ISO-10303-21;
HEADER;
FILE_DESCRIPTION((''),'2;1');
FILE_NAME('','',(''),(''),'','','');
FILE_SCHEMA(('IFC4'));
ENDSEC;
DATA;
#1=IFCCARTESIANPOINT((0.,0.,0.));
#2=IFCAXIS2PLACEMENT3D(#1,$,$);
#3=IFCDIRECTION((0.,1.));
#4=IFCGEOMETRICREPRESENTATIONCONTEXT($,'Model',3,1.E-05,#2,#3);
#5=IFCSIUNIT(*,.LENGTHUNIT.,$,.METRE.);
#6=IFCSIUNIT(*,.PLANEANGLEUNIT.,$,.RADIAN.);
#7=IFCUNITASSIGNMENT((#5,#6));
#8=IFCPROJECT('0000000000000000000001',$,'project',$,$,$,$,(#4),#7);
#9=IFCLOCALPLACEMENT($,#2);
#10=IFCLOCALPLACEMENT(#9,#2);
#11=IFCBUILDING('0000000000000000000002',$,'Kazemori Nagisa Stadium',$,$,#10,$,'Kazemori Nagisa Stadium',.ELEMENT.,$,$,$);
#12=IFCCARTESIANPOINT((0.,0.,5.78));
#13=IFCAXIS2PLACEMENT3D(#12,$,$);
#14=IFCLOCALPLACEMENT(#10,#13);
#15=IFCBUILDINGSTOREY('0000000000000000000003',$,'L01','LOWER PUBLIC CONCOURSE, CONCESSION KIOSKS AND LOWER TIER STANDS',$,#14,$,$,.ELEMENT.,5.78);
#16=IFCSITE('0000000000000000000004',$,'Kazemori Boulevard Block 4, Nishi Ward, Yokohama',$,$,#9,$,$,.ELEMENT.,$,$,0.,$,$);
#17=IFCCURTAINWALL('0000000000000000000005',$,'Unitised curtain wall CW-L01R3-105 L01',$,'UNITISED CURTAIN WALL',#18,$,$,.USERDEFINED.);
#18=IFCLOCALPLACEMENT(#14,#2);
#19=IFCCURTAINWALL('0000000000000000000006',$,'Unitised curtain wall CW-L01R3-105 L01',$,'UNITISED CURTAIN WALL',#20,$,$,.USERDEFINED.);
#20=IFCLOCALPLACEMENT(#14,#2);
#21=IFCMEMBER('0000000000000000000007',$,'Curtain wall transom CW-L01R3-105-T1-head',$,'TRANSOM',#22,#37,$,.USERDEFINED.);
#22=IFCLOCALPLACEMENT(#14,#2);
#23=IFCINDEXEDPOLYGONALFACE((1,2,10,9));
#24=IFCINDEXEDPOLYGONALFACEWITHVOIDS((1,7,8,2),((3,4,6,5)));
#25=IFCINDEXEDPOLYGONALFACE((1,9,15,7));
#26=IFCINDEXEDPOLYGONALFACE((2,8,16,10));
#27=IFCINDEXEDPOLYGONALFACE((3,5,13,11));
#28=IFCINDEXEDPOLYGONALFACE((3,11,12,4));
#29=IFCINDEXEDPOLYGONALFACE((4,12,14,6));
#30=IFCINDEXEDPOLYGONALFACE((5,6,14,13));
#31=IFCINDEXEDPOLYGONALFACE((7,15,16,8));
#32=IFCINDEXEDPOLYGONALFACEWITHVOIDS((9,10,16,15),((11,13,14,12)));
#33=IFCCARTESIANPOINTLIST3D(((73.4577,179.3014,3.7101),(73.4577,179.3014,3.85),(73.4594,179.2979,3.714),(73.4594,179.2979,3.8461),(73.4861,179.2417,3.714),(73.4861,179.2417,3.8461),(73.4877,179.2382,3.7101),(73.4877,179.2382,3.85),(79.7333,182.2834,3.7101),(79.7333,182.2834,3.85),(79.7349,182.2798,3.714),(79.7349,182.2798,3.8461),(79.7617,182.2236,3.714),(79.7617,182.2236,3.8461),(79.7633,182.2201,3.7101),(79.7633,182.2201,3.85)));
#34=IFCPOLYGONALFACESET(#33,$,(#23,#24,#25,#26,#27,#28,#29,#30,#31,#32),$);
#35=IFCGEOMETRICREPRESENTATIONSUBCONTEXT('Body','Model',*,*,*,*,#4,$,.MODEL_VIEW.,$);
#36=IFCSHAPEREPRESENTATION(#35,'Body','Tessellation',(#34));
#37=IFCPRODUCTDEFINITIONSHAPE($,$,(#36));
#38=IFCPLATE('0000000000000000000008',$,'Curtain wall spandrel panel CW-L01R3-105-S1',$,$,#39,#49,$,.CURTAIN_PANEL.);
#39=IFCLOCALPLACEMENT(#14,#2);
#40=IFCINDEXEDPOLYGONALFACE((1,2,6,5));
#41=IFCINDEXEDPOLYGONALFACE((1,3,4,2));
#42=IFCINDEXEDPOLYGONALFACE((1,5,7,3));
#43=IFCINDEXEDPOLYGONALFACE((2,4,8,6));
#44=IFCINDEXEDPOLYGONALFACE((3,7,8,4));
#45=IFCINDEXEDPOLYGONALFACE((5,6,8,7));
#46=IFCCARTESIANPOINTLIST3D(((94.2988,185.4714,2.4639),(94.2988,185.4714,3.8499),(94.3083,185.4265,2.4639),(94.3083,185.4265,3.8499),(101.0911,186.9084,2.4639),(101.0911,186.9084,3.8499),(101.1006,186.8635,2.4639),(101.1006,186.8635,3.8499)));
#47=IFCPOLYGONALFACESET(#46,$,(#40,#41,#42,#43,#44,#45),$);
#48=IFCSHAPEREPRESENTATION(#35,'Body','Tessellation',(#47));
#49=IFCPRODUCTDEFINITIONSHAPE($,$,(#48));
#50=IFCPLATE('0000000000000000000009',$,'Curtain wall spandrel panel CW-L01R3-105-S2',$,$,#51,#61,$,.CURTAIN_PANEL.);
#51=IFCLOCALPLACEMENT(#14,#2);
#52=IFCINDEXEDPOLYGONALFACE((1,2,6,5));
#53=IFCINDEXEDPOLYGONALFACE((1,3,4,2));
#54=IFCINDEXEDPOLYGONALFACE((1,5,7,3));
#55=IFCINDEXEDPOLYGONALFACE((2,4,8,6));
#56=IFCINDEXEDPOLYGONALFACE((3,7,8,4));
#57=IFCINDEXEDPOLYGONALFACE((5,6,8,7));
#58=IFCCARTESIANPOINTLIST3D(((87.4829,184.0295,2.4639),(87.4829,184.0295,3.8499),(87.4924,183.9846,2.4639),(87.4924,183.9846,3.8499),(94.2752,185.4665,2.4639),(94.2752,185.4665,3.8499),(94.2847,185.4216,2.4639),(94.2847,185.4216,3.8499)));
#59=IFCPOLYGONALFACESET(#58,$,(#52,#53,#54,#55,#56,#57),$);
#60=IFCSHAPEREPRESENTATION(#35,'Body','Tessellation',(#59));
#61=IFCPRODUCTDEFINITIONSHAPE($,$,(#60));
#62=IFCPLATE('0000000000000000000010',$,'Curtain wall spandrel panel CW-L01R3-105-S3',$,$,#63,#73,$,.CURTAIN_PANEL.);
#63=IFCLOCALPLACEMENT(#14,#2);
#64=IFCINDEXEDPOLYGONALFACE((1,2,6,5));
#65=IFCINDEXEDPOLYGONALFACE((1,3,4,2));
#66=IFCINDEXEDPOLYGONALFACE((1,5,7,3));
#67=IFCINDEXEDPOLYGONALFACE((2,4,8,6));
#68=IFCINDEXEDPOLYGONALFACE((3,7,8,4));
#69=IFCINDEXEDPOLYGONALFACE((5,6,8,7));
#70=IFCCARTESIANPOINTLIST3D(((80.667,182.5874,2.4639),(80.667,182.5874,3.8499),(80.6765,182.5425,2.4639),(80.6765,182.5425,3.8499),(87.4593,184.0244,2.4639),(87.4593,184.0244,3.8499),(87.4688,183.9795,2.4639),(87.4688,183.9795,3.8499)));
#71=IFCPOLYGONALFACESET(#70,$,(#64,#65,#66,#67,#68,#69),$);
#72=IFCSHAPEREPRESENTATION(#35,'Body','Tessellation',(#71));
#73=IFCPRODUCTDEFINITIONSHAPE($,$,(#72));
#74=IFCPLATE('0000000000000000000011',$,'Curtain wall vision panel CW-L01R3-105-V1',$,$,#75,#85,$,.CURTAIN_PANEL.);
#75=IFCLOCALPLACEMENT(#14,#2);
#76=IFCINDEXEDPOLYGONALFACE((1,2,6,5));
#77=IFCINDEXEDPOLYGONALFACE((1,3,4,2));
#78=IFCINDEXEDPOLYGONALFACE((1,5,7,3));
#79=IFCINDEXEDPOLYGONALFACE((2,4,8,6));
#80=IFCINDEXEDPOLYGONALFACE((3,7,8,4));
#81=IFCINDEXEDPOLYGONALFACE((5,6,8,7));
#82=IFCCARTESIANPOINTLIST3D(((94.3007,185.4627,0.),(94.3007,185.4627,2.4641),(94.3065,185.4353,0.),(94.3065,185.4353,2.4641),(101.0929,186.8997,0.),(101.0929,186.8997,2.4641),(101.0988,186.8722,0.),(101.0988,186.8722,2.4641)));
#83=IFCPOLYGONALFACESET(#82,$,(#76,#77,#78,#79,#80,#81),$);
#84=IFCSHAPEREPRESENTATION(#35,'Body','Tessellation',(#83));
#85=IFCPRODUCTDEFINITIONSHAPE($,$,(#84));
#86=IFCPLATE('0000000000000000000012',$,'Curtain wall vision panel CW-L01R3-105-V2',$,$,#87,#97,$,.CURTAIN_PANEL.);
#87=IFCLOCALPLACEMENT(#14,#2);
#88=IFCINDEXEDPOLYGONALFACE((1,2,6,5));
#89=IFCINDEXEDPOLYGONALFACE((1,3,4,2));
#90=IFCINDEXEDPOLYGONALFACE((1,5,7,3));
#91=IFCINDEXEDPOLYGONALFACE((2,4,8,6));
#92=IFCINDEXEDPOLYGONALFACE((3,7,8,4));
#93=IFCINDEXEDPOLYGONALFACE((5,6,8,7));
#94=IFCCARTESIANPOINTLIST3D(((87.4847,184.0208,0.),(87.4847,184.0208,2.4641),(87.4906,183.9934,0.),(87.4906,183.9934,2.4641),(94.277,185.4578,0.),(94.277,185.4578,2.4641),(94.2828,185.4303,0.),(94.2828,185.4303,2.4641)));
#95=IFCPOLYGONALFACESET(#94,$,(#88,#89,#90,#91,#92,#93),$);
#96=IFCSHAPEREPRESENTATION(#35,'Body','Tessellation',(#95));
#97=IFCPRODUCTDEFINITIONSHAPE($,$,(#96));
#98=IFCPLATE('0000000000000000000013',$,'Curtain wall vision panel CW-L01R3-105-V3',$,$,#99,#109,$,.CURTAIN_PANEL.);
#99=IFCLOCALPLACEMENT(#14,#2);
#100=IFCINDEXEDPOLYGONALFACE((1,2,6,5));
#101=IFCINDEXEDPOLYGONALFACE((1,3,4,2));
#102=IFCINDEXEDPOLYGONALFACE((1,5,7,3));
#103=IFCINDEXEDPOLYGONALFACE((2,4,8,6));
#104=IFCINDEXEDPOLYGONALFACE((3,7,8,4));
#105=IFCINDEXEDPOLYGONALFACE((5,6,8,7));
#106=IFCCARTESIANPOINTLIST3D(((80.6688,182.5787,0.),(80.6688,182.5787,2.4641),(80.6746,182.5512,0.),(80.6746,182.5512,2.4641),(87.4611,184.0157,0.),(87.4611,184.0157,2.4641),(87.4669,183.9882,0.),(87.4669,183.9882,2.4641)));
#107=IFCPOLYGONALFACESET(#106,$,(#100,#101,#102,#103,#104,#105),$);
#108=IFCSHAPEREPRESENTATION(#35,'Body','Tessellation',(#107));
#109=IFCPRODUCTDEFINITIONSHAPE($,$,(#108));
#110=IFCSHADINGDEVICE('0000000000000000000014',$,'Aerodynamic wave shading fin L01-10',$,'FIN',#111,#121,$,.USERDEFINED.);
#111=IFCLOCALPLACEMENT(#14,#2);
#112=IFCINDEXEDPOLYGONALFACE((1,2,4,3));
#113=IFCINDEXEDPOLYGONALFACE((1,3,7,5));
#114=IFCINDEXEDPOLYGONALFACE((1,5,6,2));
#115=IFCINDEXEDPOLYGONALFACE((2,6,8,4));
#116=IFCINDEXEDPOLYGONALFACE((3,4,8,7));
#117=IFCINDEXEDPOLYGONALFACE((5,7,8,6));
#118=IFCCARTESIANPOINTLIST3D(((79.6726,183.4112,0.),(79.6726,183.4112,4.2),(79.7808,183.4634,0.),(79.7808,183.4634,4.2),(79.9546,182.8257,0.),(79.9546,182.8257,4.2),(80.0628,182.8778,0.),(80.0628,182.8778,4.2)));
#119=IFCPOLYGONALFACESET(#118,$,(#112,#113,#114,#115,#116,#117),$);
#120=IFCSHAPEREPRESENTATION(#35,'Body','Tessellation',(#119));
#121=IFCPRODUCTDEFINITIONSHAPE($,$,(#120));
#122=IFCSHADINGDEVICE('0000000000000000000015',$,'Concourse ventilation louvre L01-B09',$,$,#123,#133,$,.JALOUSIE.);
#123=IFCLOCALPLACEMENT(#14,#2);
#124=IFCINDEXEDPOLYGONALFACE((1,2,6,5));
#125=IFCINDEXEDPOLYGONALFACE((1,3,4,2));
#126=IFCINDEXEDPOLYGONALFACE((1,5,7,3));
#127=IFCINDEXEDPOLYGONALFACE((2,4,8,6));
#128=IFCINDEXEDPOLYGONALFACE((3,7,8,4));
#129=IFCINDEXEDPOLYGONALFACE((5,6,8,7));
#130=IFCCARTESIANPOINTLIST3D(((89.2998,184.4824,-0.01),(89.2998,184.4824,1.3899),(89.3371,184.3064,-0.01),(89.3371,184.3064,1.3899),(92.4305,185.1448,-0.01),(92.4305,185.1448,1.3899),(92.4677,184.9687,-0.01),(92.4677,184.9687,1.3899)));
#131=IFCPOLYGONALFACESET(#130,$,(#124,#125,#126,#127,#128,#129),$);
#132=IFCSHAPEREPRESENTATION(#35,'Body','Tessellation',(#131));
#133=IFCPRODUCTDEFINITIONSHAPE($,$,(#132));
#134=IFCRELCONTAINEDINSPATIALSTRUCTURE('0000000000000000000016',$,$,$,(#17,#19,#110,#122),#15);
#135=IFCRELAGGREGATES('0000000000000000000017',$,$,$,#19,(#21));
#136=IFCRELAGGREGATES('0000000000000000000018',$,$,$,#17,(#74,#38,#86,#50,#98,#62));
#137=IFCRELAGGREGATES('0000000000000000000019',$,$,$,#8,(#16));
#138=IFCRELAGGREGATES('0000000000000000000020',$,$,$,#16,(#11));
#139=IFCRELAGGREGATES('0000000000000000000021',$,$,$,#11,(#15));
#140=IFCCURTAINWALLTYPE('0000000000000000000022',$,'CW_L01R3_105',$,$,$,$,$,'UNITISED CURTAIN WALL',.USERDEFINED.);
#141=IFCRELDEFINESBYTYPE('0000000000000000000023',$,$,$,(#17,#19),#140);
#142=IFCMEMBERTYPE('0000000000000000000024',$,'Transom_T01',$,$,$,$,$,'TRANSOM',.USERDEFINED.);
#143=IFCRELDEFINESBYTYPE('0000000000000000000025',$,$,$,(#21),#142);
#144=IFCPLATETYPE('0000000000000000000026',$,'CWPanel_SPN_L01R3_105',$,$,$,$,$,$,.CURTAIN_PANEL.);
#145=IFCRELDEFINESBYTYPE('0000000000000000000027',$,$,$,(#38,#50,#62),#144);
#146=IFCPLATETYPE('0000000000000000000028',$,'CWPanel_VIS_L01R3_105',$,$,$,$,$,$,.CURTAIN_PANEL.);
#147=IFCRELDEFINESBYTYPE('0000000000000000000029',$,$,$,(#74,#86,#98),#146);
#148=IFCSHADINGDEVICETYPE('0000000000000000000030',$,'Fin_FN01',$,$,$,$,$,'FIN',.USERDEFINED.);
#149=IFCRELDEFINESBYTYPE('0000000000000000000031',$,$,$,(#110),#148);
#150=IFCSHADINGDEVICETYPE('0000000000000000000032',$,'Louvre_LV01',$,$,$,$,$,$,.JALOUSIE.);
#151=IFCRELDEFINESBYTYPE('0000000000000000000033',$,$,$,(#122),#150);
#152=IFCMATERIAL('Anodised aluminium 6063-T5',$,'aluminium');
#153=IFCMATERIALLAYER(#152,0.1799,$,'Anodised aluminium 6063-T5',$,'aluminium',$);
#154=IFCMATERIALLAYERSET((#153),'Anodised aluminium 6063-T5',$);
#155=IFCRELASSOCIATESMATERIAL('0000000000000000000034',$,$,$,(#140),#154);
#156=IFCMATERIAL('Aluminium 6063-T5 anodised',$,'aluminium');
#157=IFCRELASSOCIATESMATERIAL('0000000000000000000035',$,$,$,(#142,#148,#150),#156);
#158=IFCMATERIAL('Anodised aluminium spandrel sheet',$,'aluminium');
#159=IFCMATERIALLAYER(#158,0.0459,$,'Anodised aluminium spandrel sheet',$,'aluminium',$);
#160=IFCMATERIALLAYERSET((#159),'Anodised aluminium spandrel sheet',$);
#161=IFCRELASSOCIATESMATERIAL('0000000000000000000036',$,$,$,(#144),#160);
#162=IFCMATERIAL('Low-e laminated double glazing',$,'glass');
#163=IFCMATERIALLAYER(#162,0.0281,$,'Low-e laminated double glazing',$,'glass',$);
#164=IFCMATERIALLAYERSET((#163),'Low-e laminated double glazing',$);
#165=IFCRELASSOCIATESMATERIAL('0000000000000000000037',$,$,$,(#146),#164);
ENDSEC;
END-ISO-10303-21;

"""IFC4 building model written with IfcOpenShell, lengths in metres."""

from ifc_helpers import new_model, si_unit, direction, frame, origin, origin_2d, place, context, subcontext, project, spatial, rectangle, hollow_rectangle, extrude, material, layer, layer_set, material_profile, profile_set, type_object, element, aggregate, save


model = new_model("IFC4")

# Units and contexts
model_context = context("Model", 3, precision=1e-05, world=origin(), true_north=direction((0.0, 1.0)))
body_context = subcontext(model_context, "Body", "Model", "MODEL_VIEW")
ifc_project = project(units=[si_unit("LENGTHUNIT", "METRE"), si_unit("PLANEANGLEUNIT", "RADIAN")], contexts=[model_context])

# Site, building, storey
site_placement = place(None, origin())
site = spatial("IfcSite", under=ifc_project, at=site_placement, Name="Kazemori Boulevard Block 4, Nishi Ward, Yokohama", CompositionType="ELEMENT", RefElevation=0.0)
building_placement = place(site_placement, origin())
building = spatial("IfcBuilding", under=site, at=building_placement, Name="Kazemori Nagisa Stadium", LongName="Kazemori Nagisa Stadium", CompositionType="ELEMENT")
storey_placement = place(building_placement, frame((0.0, 0.0, 5.78)))
storey = spatial("IfcBuildingStorey", under=building, at=storey_placement, Name="L01", Description="LOWER PUBLIC CONCOURSE, CONCESSION KIOSKS AND LOWER TIER STANDS", CompositionType="ELEMENT", Elevation=5.78)

# Curtain wall
ifc_material_1 = material(Name="Anodised aluminium 6063-T5", Category="aluminium")
ifc_layer_1 = layer(ifc_material_1, 0.1799, Name="Anodised aluminium 6063-T5", Category="aluminium")
ifc_layer_set_1 = layer_set([ifc_layer_1], Name="Anodised aluminium 6063-T5")
curtain_wall_type = type_object("IfcCurtainWallType", Name="CW_L01R3_105", ElementType="UNITISED CURTAIN WALL", PredefinedType="USERDEFINED", material=ifc_layer_set_1)
curtain_wall_1_placement = place(storey_placement, origin())
curtain_wall_1 = element("IfcCurtainWall", 1, at=curtain_wall_1_placement, inside=storey, type_object=curtain_wall_type, Name="Unitised curtain wall CW-L01R3-105 L01", ObjectType="UNITISED CURTAIN WALL", PredefinedType="USERDEFINED")
ifc_material_2 = material(Name="Aluminium 6063-T5 anodised", Category="aluminium")

# Curtain wall
curtain_wall_2_placement = place(storey_placement, origin())
curtain_wall_2 = element("IfcCurtainWall", 2, at=curtain_wall_2_placement, inside=storey, type_object=curtain_wall_type, Name="Unitised curtain wall CW-L01R3-105 L01", ObjectType="UNITISED CURTAIN WALL", PredefinedType="USERDEFINED")

# Member
ifc_material_profile_1 = material_profile(ifc_material_2, hollow_rectangle(XDim=0.0701, YDim=0.1399, WallThickness=0.0039, at=origin_2d()), Name="ALU-TRAN-70x140x4")
ifc_profile_set_1 = profile_set([ifc_material_profile_1], Name="Aluminium 6063-T5 anodised")
member_type_1 = type_object("IfcMemberType", Name="Transom_T01", ElementType="TRANSOM", PredefinedType="USERDEFINED", material=ifc_profile_set_1)
member_1_placement = place(storey_placement, frame((79.7483, 182.2517, 3.78), z_axis=(-0.903221, -0.429175, 0.0), x_axis=(0.429175, -0.903221, 0.0)))
member_1 = element("IfcMember", 3, at=member_1_placement, type_object=member_type_1, Name="Curtain wall transom CW-L01R3-105-T1-head", ObjectType="TRANSOM", PredefinedType="USERDEFINED", context=body_context, shape_type="SweptSolid", body=[
    extrude(hollow_rectangle(XDim=0.0701, YDim=0.1399, WallThickness=0.0039, at=origin_2d()), origin(), (0.0, 0.0, 1.0), 6.948),
])
aggregate(curtain_wall_2, [member_1])

# Plates
ifc_material_3 = material(Name="Anodised aluminium spandrel sheet", Category="aluminium")
ifc_layer_2 = layer(ifc_material_3, 0.0459, Name="Anodised aluminium spandrel sheet", Category="aluminium")
ifc_layer_set_2 = layer_set([ifc_layer_2], Name="Anodised aluminium spandrel sheet")
plate_type_1 = type_object("IfcPlateType", Name="CWPanel_SPN_L01R3_105", PredefinedType="CURTAIN_PANEL", material=ifc_layer_set_2)
plate_1_placement = place(storey_placement, frame((97.6997, 186.1675, 2.4639), z_axis=(0.0, 0.0, 1.0), x_axis=(-0.978345, -0.206981, 0.0)))
plate_1 = element("IfcPlate", 4, at=plate_1_placement, type_object=plate_type_1, Name="Curtain wall spandrel panel CW-L01R3-105-S1", PredefinedType="CURTAIN_PANEL", context=body_context, shape_type="SweptSolid", body=[
    extrude(rectangle(XDim=6.9426, YDim=0.0459, at=origin_2d()), origin(), (0.0, 0.0, 1.0), 1.386),
])
plate_2_placement = place(storey_placement, frame((90.8838, 184.7256, 2.4639), z_axis=(0.0, 0.0, 1.0), x_axis=(-0.978345, -0.206981, 0.0)))
plate_2 = element("IfcPlate", 5, at=plate_2_placement, type_object=plate_type_1, Name="Curtain wall spandrel panel CW-L01R3-105-S2", PredefinedType="CURTAIN_PANEL", context=body_context, shape_type="SweptSolid", body=[
    extrude(rectangle(XDim=6.9426, YDim=0.0459, at=origin_2d()), origin(), (0.0, 0.0, 1.0), 1.386),
])
plate_3_placement = place(storey_placement, frame((84.0679, 183.2834, 2.4639), z_axis=(0.0, 0.0, 1.0), x_axis=(-0.978345, -0.206981, 0.0)))
plate_3 = element("IfcPlate", 6, at=plate_3_placement, type_object=plate_type_1, Name="Curtain wall spandrel panel CW-L01R3-105-S3", PredefinedType="CURTAIN_PANEL", context=body_context, shape_type="SweptSolid", body=[
    extrude(rectangle(XDim=6.9426, YDim=0.0459, at=origin_2d()), origin(), (0.0, 0.0, 1.0), 1.386),
])
ifc_material_4 = material(Name="Low-e laminated double glazing", Category="glass")
ifc_layer_3 = layer(ifc_material_4, 0.0281, Name="Low-e laminated double glazing", Category="glass")
ifc_layer_set_3 = layer_set([ifc_layer_3], Name="Low-e laminated double glazing")
plate_type_2 = type_object("IfcPlateType", Name="CWPanel_VIS_L01R3_105", PredefinedType="CURTAIN_PANEL", material=ifc_layer_set_3)
plate_4_placement = place(storey_placement, frame((97.6997, 186.1675, 0.0), z_axis=(0.0, 0.0, 1.0), x_axis=(-0.978345, -0.206981, 0.0)))
plate_4 = element("IfcPlate", 7, at=plate_4_placement, type_object=plate_type_2, Name="Curtain wall vision panel CW-L01R3-105-V1", PredefinedType="CURTAIN_PANEL", context=body_context, shape_type="SweptSolid", body=[
    extrude(rectangle(XDim=6.9426, YDim=0.0281, at=origin_2d()), origin(), (0.0, 0.0, 1.0), 2.4641),
])
plate_5_placement = place(storey_placement, frame((90.8838, 184.7256, 0.0), z_axis=(0.0, 0.0, 1.0), x_axis=(-0.978345, -0.206981, 0.0)))
plate_5 = element("IfcPlate", 8, at=plate_5_placement, type_object=plate_type_2, Name="Curtain wall vision panel CW-L01R3-105-V2", PredefinedType="CURTAIN_PANEL", context=body_context, shape_type="SweptSolid", body=[
    extrude(rectangle(XDim=6.9426, YDim=0.0281, at=origin_2d()), origin(), (0.0, 0.0, 1.0), 2.4641),
])
plate_6_placement = place(storey_placement, frame((84.0679, 183.2834, 0.0), z_axis=(0.0, 0.0, 1.0), x_axis=(-0.978345, -0.206981, 0.0)))
plate_6 = element("IfcPlate", 9, at=plate_6_placement, type_object=plate_type_2, Name="Curtain wall vision panel CW-L01R3-105-V3", PredefinedType="CURTAIN_PANEL", context=body_context, shape_type="SweptSolid", body=[
    extrude(rectangle(XDim=6.9426, YDim=0.0281, at=origin_2d()), origin(), (0.0, 0.0, 1.0), 2.4641),
])
aggregate(curtain_wall_1, [plate_4, plate_1, plate_5, plate_2, plate_6, plate_3])

# Shading devices
shading_device_type_1 = type_object("IfcShadingDeviceType", Name="Fin_FN01", ElementType="FIN", PredefinedType="USERDEFINED", material=ifc_material_2)
shading_device_1_placement = place(storey_placement, frame((79.8677, 183.1445, 0.0), z_axis=(0.0, 0.0, 1.0), x_axis=(-0.433884, 0.900969, 0.0)))
element("IfcShadingDevice", 10, at=shading_device_1_placement, inside=storey, type_object=shading_device_type_1, Name="Aerodynamic wave shading fin L01-10", ObjectType="FIN", PredefinedType="USERDEFINED", context=body_context, shape_type="SweptSolid", body=[
    extrude(rectangle(XDim=0.6499, YDim=0.1201, at=origin_2d()), origin(), (0.0, 0.0, 1.0), 4.2),
])
shading_device_type_2 = type_object("IfcShadingDeviceType", Name="Louvre_LV01", PredefinedType="JALOUSIE", material=ifc_material_2)
shading_device_2_placement = place(storey_placement, frame((90.8838, 184.7256, -0.01), z_axis=(0.0, 0.0, 1.0), x_axis=(-0.978345, -0.206981, 0.0)))
element("IfcShadingDevice", 11, at=shading_device_2_placement, inside=storey, type_object=shading_device_type_2, Name="Concourse ventilation louvre L01-B09", PredefinedType="JALOUSIE", context=body_context, shape_type="SweptSolid", body=[
    extrude(rectangle(XDim=3.2, YDim=0.1799, at=origin_2d()), origin(), (0.0, 0.0, 1.0), 1.3999),
])

save(model, "model.ifc")
